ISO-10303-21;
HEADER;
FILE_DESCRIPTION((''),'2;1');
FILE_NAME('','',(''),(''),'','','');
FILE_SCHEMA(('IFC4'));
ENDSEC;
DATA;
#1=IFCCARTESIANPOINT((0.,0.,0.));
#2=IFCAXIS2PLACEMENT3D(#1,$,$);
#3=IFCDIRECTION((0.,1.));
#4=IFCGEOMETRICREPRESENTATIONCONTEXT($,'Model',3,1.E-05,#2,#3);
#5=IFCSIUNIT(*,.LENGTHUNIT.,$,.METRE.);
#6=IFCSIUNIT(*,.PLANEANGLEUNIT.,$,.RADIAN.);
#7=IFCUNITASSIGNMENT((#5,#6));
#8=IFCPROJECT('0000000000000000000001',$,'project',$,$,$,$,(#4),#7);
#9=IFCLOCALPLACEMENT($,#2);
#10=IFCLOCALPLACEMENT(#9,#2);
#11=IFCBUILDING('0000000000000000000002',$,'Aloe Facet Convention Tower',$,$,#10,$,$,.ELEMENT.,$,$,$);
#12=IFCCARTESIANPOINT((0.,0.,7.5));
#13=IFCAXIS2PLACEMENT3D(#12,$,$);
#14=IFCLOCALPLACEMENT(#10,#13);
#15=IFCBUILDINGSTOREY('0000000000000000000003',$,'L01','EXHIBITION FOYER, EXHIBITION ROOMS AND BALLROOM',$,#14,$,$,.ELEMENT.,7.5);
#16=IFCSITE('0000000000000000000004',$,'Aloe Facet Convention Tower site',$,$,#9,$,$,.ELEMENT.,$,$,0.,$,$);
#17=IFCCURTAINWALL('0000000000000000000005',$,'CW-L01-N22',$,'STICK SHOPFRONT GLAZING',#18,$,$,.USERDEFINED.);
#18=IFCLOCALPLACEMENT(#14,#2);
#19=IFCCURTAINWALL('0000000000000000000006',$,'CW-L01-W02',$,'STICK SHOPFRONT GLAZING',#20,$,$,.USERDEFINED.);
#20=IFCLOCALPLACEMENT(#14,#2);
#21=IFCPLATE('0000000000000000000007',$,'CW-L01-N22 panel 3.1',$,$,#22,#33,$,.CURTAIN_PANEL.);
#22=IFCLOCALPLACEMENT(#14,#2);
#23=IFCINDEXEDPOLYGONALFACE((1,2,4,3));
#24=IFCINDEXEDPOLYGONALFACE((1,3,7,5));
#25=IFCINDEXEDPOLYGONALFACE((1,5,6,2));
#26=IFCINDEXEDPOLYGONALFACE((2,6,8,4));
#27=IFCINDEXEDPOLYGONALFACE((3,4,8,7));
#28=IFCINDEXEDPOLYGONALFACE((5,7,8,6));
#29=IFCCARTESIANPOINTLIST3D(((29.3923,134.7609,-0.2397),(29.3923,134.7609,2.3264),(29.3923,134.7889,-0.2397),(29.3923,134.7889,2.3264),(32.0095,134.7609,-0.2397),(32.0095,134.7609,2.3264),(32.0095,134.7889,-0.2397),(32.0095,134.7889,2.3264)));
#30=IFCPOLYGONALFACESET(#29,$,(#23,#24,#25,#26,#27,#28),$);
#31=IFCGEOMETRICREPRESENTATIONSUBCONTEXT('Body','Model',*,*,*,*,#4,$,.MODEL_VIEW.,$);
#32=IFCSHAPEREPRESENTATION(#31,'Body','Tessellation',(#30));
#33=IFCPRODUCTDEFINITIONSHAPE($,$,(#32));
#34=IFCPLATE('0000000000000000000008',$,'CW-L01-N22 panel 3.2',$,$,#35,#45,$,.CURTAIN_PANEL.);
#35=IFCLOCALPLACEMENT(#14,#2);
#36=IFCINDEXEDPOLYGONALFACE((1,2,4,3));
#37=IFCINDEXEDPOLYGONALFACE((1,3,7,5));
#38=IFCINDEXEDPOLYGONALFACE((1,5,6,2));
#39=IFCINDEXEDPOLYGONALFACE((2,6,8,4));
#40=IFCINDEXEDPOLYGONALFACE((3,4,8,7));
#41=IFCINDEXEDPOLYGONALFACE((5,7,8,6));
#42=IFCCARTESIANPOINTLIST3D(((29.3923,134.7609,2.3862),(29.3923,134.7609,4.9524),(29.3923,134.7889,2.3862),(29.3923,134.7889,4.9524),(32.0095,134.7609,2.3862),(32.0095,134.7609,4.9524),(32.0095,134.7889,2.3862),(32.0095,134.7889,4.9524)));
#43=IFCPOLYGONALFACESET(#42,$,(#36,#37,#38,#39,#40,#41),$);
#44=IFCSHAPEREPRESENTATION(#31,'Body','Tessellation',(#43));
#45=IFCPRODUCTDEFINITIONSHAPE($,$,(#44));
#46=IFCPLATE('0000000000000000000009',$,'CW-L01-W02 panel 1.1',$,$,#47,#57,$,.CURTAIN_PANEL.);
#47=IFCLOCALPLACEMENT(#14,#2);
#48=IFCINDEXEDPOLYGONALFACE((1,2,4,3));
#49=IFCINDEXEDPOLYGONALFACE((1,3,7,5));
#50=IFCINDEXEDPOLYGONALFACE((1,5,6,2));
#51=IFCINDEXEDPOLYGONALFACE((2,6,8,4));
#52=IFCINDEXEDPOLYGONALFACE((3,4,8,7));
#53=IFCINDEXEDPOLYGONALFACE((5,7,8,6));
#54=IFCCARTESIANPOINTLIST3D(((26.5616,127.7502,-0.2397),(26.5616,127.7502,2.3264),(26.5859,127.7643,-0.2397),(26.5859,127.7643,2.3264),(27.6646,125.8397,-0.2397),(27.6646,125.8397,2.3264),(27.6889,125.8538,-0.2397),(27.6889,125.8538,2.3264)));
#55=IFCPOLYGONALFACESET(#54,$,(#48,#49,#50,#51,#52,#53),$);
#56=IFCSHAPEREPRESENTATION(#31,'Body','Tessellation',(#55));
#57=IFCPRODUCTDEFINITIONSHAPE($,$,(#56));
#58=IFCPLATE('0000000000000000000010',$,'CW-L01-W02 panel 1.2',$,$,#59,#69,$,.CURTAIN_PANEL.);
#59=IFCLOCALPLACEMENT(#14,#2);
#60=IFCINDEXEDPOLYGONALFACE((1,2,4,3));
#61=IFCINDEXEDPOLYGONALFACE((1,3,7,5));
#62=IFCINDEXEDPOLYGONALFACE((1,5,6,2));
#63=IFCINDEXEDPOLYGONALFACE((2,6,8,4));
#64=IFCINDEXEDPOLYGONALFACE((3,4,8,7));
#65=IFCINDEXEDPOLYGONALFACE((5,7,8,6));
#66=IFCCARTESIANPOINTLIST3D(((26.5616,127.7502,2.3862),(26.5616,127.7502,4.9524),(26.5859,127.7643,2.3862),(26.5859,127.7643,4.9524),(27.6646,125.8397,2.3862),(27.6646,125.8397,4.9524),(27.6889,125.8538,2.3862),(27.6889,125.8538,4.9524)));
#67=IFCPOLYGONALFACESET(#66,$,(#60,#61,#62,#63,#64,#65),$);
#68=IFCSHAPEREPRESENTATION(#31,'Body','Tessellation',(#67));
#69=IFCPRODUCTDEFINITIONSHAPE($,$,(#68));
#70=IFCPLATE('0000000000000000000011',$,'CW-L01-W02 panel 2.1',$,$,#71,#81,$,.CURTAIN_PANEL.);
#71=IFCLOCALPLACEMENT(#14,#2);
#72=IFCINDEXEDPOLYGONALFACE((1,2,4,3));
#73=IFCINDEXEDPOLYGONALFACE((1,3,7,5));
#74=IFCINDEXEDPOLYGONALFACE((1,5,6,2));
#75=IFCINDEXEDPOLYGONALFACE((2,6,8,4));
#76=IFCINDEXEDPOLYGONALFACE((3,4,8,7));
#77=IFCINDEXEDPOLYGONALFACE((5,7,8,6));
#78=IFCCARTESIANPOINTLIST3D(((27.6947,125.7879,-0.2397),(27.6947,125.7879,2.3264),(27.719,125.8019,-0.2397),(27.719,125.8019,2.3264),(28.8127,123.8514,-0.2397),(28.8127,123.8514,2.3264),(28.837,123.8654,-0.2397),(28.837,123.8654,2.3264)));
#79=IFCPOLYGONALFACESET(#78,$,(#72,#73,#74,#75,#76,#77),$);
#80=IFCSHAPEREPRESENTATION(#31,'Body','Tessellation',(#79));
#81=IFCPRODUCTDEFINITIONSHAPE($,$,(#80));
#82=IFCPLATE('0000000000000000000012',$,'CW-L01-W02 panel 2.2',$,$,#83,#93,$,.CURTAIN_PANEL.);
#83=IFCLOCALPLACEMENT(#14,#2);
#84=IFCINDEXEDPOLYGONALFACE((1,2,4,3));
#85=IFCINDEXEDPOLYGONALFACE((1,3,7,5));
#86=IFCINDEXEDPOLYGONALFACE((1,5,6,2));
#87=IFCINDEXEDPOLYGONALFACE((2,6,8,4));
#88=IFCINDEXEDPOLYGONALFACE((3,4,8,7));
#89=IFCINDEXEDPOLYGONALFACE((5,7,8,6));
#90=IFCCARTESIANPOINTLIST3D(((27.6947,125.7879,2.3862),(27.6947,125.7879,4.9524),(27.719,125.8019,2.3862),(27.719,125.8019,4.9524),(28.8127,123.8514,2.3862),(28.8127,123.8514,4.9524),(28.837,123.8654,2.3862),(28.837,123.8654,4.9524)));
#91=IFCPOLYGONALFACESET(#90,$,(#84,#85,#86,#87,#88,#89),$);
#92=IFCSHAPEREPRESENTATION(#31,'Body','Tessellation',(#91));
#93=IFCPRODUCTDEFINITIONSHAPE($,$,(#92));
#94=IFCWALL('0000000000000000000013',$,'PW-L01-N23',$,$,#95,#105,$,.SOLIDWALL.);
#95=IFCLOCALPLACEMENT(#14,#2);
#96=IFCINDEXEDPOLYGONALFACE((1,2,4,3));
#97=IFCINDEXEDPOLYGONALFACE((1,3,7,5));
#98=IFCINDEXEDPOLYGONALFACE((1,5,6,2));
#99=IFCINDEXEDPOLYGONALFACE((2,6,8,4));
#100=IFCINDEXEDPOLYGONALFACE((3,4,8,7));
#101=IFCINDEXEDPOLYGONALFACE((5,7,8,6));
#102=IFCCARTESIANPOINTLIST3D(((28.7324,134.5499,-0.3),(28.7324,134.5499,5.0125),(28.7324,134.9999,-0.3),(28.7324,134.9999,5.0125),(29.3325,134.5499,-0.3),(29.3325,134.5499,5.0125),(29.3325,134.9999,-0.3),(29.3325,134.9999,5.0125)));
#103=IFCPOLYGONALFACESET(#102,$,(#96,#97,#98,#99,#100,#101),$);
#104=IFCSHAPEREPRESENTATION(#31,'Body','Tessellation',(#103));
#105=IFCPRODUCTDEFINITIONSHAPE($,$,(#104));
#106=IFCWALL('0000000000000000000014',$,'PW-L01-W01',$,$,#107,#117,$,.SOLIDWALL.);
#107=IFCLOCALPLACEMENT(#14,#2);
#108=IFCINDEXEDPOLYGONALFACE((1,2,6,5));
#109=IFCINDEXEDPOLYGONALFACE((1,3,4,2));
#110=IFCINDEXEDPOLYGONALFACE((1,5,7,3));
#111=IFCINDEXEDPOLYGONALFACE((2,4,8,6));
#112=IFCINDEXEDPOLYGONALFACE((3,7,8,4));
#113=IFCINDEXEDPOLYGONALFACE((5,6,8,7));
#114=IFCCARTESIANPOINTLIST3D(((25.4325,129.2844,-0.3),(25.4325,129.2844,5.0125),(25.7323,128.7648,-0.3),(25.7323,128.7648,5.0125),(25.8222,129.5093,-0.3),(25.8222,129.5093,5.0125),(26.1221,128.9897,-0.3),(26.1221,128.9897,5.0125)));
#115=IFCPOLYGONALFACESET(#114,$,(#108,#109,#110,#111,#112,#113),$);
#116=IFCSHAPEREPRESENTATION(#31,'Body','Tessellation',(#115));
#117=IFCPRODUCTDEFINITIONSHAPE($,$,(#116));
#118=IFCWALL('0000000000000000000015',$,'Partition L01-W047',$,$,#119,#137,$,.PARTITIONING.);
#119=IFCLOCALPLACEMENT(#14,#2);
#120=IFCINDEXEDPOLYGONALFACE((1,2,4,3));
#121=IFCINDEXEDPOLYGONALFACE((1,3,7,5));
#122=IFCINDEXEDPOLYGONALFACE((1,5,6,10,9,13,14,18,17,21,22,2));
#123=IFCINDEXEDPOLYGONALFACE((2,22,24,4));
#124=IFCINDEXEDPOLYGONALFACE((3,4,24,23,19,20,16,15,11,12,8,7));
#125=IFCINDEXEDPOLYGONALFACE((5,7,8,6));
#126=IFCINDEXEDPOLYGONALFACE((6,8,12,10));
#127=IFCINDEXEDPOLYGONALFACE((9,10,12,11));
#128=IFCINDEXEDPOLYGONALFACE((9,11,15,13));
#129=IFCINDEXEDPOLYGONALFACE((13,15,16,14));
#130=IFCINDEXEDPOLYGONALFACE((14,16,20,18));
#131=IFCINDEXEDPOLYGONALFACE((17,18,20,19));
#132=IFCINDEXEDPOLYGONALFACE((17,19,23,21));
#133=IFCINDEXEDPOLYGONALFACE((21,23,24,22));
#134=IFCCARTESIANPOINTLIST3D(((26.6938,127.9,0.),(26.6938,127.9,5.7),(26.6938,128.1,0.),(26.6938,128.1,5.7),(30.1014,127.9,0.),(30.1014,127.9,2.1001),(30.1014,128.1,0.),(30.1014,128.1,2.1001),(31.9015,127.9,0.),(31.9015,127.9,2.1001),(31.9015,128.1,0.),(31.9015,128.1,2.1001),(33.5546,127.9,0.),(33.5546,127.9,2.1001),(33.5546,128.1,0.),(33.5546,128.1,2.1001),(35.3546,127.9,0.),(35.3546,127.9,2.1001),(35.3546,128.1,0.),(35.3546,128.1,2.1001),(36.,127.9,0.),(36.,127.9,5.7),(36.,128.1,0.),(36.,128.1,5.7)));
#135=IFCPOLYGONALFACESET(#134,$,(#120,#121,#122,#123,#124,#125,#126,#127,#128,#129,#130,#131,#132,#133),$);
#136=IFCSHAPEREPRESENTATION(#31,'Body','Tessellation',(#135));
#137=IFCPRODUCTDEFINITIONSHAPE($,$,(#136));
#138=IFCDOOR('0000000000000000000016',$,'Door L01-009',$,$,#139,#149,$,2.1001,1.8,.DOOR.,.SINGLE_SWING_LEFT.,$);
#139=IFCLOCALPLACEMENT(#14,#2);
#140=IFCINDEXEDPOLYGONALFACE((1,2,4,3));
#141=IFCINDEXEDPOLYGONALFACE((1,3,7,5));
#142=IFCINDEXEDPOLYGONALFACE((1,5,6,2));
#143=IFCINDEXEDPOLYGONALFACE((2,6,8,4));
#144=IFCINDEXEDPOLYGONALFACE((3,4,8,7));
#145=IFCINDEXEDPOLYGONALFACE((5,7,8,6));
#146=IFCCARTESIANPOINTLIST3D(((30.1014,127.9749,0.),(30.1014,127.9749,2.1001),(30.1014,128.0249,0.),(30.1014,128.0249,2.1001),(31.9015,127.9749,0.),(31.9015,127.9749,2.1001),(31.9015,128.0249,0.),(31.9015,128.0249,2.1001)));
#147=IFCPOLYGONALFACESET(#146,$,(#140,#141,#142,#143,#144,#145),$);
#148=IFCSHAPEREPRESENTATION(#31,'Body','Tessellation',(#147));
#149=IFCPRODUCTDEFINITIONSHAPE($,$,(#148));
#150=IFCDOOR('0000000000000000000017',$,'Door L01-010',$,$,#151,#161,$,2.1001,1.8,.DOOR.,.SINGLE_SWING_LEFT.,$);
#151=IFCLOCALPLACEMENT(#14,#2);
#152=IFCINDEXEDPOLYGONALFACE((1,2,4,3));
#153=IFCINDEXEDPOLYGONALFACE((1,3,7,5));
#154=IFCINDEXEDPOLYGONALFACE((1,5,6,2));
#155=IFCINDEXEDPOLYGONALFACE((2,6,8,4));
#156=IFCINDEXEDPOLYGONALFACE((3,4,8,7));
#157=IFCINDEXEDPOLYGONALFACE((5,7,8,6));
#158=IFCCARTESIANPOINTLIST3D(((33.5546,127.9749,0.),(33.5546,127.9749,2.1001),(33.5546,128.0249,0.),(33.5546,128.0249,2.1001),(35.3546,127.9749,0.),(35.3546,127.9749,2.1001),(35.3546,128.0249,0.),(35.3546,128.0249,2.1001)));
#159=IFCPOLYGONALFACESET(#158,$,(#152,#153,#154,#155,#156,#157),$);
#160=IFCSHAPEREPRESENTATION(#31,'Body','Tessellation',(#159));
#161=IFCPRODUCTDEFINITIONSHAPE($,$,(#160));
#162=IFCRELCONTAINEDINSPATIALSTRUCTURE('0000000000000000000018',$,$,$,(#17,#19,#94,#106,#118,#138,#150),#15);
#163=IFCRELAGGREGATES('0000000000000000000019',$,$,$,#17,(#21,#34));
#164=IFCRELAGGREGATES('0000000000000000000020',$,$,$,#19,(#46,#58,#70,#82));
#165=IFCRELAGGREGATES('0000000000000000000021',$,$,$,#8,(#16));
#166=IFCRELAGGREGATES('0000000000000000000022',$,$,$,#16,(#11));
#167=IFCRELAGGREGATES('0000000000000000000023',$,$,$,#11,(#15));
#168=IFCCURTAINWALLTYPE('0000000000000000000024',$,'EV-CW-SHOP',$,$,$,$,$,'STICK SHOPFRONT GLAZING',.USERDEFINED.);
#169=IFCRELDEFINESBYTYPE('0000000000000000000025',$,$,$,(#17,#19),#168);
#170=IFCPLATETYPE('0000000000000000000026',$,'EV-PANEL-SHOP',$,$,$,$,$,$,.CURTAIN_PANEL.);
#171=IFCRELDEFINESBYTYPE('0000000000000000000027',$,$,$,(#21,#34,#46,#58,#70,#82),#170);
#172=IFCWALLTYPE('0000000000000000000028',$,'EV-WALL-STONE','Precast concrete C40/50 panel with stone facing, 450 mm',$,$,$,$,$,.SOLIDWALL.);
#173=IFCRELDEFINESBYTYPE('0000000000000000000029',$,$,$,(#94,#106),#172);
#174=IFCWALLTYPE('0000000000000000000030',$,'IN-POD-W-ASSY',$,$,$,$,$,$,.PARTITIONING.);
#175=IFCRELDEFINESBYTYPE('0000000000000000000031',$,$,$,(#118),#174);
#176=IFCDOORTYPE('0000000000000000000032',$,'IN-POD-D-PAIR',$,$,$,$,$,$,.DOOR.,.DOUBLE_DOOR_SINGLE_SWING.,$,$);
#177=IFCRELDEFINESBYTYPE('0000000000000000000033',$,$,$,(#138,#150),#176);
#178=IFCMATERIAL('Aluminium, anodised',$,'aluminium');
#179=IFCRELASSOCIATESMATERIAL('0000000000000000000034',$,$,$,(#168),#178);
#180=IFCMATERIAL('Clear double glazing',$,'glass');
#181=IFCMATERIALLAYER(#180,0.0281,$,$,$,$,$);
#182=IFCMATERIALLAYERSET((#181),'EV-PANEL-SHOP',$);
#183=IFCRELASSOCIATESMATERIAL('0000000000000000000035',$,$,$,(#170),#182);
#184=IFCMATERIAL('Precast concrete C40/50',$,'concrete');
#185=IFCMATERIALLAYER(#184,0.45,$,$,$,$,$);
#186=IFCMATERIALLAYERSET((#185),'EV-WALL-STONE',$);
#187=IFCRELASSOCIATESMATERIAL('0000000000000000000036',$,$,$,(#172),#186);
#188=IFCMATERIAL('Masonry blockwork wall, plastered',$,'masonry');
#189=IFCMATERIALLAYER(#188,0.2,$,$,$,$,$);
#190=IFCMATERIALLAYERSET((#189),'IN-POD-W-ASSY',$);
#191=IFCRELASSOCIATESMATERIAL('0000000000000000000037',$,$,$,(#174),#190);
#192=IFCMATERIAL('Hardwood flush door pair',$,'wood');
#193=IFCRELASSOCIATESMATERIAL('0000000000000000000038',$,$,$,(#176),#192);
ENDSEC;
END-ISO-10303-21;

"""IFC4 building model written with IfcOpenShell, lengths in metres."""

from ifc_helpers import new_model, si_unit, direction, frame, frame_2d, origin, origin_2d, place, context, subcontext, project, spatial, rectangle, extrude, material, layer, layer_set, type_object, element, fill, aggregate, save


model = new_model("IFC4")

# Units and contexts
model_context = context("Model", 3, precision=1e-05, world=origin(), true_north=direction((0.0, 1.0)))
body_context = subcontext(model_context, "Body", "Model", "MODEL_VIEW")
ifc_project = project(units=[si_unit("LENGTHUNIT", "METRE"), si_unit("PLANEANGLEUNIT", "RADIAN")], contexts=[model_context])

# Site, building, storey
site_placement = place(None, origin())
site = spatial("IfcSite", under=ifc_project, at=site_placement, Name="Aloe Facet Convention Tower site", CompositionType="ELEMENT", RefElevation=0.0)
building_placement = place(site_placement, origin())
building = spatial("IfcBuilding", under=site, at=building_placement, Name="Aloe Facet Convention Tower", CompositionType="ELEMENT")
storey_placement = place(building_placement, frame((0.0, 0.0, 7.5)))
storey = spatial("IfcBuildingStorey", under=building, at=storey_placement, Name="L01", Description="EXHIBITION FOYER, EXHIBITION ROOMS AND BALLROOM", CompositionType="ELEMENT", Elevation=7.5)

# Curtain walls
ifc_material_1 = material(Name="Aluminium, anodised", Category="aluminium")
curtain_wall_type = type_object("IfcCurtainWallType", Name="EV-CW-SHOP", ElementType="STICK SHOPFRONT GLAZING", PredefinedType="USERDEFINED", material=ifc_material_1)
curtain_wall_1_placement = place(storey_placement, origin())
curtain_wall_1 = element("IfcCurtainWall", 1, at=curtain_wall_1_placement, inside=storey, type_object=curtain_wall_type, Name="CW-L01-N22", ObjectType="STICK SHOPFRONT GLAZING", PredefinedType="USERDEFINED")
curtain_wall_2_placement = place(storey_placement, origin())
curtain_wall_2 = element("IfcCurtainWall", 2, at=curtain_wall_2_placement, inside=storey, type_object=curtain_wall_type, Name="CW-L01-W02", ObjectType="STICK SHOPFRONT GLAZING", PredefinedType="USERDEFINED")

# Plates
ifc_material_2 = material(Name="Clear double glazing", Category="glass")
ifc_layer_1 = layer(ifc_material_2, 0.0281)
ifc_layer_set_1 = layer_set([ifc_layer_1], Name="EV-PANEL-SHOP")
plate_type = type_object("IfcPlateType", Name="EV-PANEL-SHOP", PredefinedType="CURTAIN_PANEL", material=ifc_layer_set_1)
plate_1_placement = place(storey_placement, frame((30.7009, 134.7749, -0.2397), z_axis=(0.0, 0.0, 1.0), x_axis=(-1.0, 0.0, 0.0)))
plate_1 = element("IfcPlate", 3, at=plate_1_placement, type_object=plate_type, Name="CW-L01-N22 panel 3.1", PredefinedType="CURTAIN_PANEL", context=body_context, shape_type="SweptSolid", body=[
    extrude(rectangle(XDim=2.6172, YDim=0.0281, at=origin_2d()), origin(), (0.0, 0.0, 1.0), 2.5662),
])
plate_2_placement = place(storey_placement, frame((30.7009, 134.7749, 2.3862), z_axis=(0.0, 0.0, 1.0), x_axis=(-1.0, 0.0, 0.0)))
plate_2 = element("IfcPlate", 4, at=plate_2_placement, type_object=plate_type, Name="CW-L01-N22 panel 3.2", PredefinedType="CURTAIN_PANEL", context=body_context, shape_type="SweptSolid", body=[
    extrude(rectangle(XDim=2.6172, YDim=0.0281, at=origin_2d()), origin(), (0.0, 0.0, 1.0), 2.5662),
])
aggregate(curtain_wall_1, [plate_1, plate_2])
plate_3_placement = place(storey_placement, frame((27.1252, 126.802, -0.2397), z_axis=(0.0, 0.0, 1.0), x_axis=(0.5, -0.866025, 0.0)))
plate_3 = element("IfcPlate", 5, at=plate_3_placement, type_object=plate_type, Name="CW-L01-W02 panel 1.1", PredefinedType="CURTAIN_PANEL", context=body_context, shape_type="SweptSolid", body=[
    extrude(rectangle(XDim=2.2061, YDim=0.0281, at=origin_2d()), origin(), (0.0, 0.0, 1.0), 2.5662),
])
plate_4_placement = place(storey_placement, frame((27.1252, 126.802, 2.3862), z_axis=(0.0, 0.0, 1.0), x_axis=(0.5, -0.866025, 0.0)))
plate_4 = element("IfcPlate", 6, at=plate_4_placement, type_object=plate_type, Name="CW-L01-W02 panel 1.2", PredefinedType="CURTAIN_PANEL", context=body_context, shape_type="SweptSolid", body=[
    extrude(rectangle(XDim=2.2061, YDim=0.0281, at=origin_2d()), origin(), (0.0, 0.0, 1.0), 2.5662),
])
plate_5_placement = place(storey_placement, frame((28.2659, 124.8267, -0.2397), z_axis=(0.0, 0.0, 1.0), x_axis=(0.5, -0.866025, 0.0)))
plate_5 = element("IfcPlate", 7, at=plate_5_placement, type_object=plate_type, Name="CW-L01-W02 panel 2.1", PredefinedType="CURTAIN_PANEL", context=body_context, shape_type="SweptSolid", body=[
    extrude(rectangle(XDim=2.2361, YDim=0.0281, at=origin_2d()), origin(), (0.0, 0.0, 1.0), 2.5662),
])
plate_6_placement = place(storey_placement, frame((28.2659, 124.8267, 2.3862), z_axis=(0.0, 0.0, 1.0), x_axis=(0.5, -0.866025, 0.0)))
plate_6 = element("IfcPlate", 8, at=plate_6_placement, type_object=plate_type, Name="CW-L01-W02 panel 2.2", PredefinedType="CURTAIN_PANEL", context=body_context, shape_type="SweptSolid", body=[
    extrude(rectangle(XDim=2.2361, YDim=0.0281, at=origin_2d()), origin(), (0.0, 0.0, 1.0), 2.5662),
])
aggregate(curtain_wall_2, [plate_3, plate_4, plate_5, plate_6])

# Walls
ifc_material_3 = material(Name="Precast concrete C40/50", Category="concrete")
ifc_layer_2 = layer(ifc_material_3, 0.45)
ifc_layer_set_2 = layer_set([ifc_layer_2], Name="EV-WALL-STONE")
wall_type_1 = type_object("IfcWallType", Name="EV-WALL-STONE", Description="Precast concrete C40/50 panel with stone facing, 450 mm", PredefinedType="SOLIDWALL", material=ifc_layer_set_2)
wall_1_placement = place(storey_placement, frame((29.3325, 134.7749, -0.3), z_axis=(0.0, 0.0, 1.0), x_axis=(-1.0, 0.0, 0.0)))
element("IfcWall", 9, at=wall_1_placement, inside=storey, type_object=wall_type_1, Name="PW-L01-N23", PredefinedType="SOLIDWALL", context=body_context, shape_type="SweptSolid", body=[
    extrude(rectangle(XDim=0.6001, YDim=0.45, at=frame_2d((0.3, 0.0))), origin(), (0.0, 0.0, 1.0), 5.3125),
])
wall_2_placement = place(storey_placement, frame((25.6274, 129.3967, -0.3), z_axis=(0.0, 0.0, 1.0), x_axis=(0.499816, -0.866131, 0.0)))
element("IfcWall", 10, at=wall_2_placement, inside=storey, type_object=wall_type_1, Name="PW-L01-W01", PredefinedType="SOLIDWALL", context=body_context, shape_type="SweptSolid", body=[
    extrude(rectangle(XDim=0.5999, YDim=0.45, at=frame_2d((0.2998, 0.0))), origin(), (0.0, 0.0, 1.0), 5.3125),
])

# Wall, openings, doors
ifc_material_4 = material(Name="Masonry blockwork wall, plastered", Category="masonry")
ifc_layer_3 = layer(ifc_material_4, 0.2)
ifc_layer_set_3 = layer_set([ifc_layer_3], Name="IN-POD-W-ASSY")
wall_type_2 = type_object("IfcWallType", Name="IN-POD-W-ASSY", PredefinedType="PARTITIONING", material=ifc_layer_set_3)
wall_3_placement = place(storey_placement, frame((26.6938, 128.0, 0.0), z_axis=(0.0, 0.0, 1.0), x_axis=(1.0, 0.0, 0.0)))
wall_3 = element("IfcWall", 11, at=wall_3_placement, inside=storey, type_object=wall_type_2, Name="Partition L01-W047", PredefinedType="PARTITIONING", context=body_context, shape_type="SweptSolid", body=[
    extrude(rectangle(XDim=9.3062, YDim=0.2, at=frame_2d((4.6531, 0.0))), origin(), (0.0, 0.0, 1.0), 5.7),
])
opening_1_placement = place(wall_3_placement, frame((3.4077, 0.0, 0.0)))
opening_1 = element("IfcOpeningElement", 12, at=opening_1_placement, cuts=wall_3, PredefinedType="OPENING", context=body_context, shape_type="SweptSolid", body=[
    extrude(rectangle(XDim=1.8, YDim=2.1001, at=frame_2d((0.8999, 1.05))), frame((0.0, 0.1099, 0.0), z_axis=(0.0, -1.0, 0.0), x_axis=(1.0, 0.0, 0.0)), (0.0, 0.0, 1.0), 0.22),
])
opening_2_placement = place(wall_3_placement, frame((6.8608, 0.0, 0.0)))
opening_2 = element("IfcOpeningElement", 13, at=opening_2_placement, cuts=wall_3, PredefinedType="OPENING", context=body_context, shape_type="SweptSolid", body=[
    extrude(rectangle(XDim=1.8, YDim=2.1001, at=frame_2d((0.8999, 1.05))), frame((0.0, 0.1099, 0.0), z_axis=(0.0, -1.0, 0.0), x_axis=(1.0, 0.0, 0.0)), (0.0, 0.0, 1.0), 0.22),
])
ifc_material_5 = material(Name="Hardwood flush door pair", Category="wood")
door_type = type_object("IfcDoorType", Name="IN-POD-D-PAIR", OperationType="DOUBLE_DOOR_SINGLE_SWING", PredefinedType="DOOR", material=ifc_material_5)
door_1_placement = place(opening_1_placement, origin())
door_1 = element("IfcDoor", 14, at=door_1_placement, inside=storey, type_object=door_type, Name="Door L01-009", OperationType="SINGLE_SWING_LEFT", OverallHeight=2.1001, OverallWidth=1.8, PredefinedType="DOOR", context=body_context, shape_type="SweptSolid", body=[
    extrude(rectangle(XDim=1.8, YDim=2.1001, at=frame_2d((0.8999, 1.05))), frame((0.0, 0.0249, 0.0), z_axis=(0.0, -1.0, 0.0), x_axis=(1.0, 0.0, 0.0)), (0.0, 0.0, 1.0), 0.05),
])
fill(opening_1, door_1)
door_2_placement = place(opening_2_placement, origin())
door_2 = element("IfcDoor", 15, at=door_2_placement, inside=storey, type_object=door_type, Name="Door L01-010", OperationType="SINGLE_SWING_LEFT", OverallHeight=2.1001, OverallWidth=1.8, PredefinedType="DOOR", context=body_context, shape_type="SweptSolid", body=[
    extrude(rectangle(XDim=1.8, YDim=2.1001, at=frame_2d((0.8999, 1.05))), frame((0.0, 0.0249, 0.0), z_axis=(0.0, -1.0, 0.0), x_axis=(1.0, 0.0, 0.0)), (0.0, 0.0, 1.0), 0.05),
])
fill(opening_2, door_2)

save(model, "model.ifc")
